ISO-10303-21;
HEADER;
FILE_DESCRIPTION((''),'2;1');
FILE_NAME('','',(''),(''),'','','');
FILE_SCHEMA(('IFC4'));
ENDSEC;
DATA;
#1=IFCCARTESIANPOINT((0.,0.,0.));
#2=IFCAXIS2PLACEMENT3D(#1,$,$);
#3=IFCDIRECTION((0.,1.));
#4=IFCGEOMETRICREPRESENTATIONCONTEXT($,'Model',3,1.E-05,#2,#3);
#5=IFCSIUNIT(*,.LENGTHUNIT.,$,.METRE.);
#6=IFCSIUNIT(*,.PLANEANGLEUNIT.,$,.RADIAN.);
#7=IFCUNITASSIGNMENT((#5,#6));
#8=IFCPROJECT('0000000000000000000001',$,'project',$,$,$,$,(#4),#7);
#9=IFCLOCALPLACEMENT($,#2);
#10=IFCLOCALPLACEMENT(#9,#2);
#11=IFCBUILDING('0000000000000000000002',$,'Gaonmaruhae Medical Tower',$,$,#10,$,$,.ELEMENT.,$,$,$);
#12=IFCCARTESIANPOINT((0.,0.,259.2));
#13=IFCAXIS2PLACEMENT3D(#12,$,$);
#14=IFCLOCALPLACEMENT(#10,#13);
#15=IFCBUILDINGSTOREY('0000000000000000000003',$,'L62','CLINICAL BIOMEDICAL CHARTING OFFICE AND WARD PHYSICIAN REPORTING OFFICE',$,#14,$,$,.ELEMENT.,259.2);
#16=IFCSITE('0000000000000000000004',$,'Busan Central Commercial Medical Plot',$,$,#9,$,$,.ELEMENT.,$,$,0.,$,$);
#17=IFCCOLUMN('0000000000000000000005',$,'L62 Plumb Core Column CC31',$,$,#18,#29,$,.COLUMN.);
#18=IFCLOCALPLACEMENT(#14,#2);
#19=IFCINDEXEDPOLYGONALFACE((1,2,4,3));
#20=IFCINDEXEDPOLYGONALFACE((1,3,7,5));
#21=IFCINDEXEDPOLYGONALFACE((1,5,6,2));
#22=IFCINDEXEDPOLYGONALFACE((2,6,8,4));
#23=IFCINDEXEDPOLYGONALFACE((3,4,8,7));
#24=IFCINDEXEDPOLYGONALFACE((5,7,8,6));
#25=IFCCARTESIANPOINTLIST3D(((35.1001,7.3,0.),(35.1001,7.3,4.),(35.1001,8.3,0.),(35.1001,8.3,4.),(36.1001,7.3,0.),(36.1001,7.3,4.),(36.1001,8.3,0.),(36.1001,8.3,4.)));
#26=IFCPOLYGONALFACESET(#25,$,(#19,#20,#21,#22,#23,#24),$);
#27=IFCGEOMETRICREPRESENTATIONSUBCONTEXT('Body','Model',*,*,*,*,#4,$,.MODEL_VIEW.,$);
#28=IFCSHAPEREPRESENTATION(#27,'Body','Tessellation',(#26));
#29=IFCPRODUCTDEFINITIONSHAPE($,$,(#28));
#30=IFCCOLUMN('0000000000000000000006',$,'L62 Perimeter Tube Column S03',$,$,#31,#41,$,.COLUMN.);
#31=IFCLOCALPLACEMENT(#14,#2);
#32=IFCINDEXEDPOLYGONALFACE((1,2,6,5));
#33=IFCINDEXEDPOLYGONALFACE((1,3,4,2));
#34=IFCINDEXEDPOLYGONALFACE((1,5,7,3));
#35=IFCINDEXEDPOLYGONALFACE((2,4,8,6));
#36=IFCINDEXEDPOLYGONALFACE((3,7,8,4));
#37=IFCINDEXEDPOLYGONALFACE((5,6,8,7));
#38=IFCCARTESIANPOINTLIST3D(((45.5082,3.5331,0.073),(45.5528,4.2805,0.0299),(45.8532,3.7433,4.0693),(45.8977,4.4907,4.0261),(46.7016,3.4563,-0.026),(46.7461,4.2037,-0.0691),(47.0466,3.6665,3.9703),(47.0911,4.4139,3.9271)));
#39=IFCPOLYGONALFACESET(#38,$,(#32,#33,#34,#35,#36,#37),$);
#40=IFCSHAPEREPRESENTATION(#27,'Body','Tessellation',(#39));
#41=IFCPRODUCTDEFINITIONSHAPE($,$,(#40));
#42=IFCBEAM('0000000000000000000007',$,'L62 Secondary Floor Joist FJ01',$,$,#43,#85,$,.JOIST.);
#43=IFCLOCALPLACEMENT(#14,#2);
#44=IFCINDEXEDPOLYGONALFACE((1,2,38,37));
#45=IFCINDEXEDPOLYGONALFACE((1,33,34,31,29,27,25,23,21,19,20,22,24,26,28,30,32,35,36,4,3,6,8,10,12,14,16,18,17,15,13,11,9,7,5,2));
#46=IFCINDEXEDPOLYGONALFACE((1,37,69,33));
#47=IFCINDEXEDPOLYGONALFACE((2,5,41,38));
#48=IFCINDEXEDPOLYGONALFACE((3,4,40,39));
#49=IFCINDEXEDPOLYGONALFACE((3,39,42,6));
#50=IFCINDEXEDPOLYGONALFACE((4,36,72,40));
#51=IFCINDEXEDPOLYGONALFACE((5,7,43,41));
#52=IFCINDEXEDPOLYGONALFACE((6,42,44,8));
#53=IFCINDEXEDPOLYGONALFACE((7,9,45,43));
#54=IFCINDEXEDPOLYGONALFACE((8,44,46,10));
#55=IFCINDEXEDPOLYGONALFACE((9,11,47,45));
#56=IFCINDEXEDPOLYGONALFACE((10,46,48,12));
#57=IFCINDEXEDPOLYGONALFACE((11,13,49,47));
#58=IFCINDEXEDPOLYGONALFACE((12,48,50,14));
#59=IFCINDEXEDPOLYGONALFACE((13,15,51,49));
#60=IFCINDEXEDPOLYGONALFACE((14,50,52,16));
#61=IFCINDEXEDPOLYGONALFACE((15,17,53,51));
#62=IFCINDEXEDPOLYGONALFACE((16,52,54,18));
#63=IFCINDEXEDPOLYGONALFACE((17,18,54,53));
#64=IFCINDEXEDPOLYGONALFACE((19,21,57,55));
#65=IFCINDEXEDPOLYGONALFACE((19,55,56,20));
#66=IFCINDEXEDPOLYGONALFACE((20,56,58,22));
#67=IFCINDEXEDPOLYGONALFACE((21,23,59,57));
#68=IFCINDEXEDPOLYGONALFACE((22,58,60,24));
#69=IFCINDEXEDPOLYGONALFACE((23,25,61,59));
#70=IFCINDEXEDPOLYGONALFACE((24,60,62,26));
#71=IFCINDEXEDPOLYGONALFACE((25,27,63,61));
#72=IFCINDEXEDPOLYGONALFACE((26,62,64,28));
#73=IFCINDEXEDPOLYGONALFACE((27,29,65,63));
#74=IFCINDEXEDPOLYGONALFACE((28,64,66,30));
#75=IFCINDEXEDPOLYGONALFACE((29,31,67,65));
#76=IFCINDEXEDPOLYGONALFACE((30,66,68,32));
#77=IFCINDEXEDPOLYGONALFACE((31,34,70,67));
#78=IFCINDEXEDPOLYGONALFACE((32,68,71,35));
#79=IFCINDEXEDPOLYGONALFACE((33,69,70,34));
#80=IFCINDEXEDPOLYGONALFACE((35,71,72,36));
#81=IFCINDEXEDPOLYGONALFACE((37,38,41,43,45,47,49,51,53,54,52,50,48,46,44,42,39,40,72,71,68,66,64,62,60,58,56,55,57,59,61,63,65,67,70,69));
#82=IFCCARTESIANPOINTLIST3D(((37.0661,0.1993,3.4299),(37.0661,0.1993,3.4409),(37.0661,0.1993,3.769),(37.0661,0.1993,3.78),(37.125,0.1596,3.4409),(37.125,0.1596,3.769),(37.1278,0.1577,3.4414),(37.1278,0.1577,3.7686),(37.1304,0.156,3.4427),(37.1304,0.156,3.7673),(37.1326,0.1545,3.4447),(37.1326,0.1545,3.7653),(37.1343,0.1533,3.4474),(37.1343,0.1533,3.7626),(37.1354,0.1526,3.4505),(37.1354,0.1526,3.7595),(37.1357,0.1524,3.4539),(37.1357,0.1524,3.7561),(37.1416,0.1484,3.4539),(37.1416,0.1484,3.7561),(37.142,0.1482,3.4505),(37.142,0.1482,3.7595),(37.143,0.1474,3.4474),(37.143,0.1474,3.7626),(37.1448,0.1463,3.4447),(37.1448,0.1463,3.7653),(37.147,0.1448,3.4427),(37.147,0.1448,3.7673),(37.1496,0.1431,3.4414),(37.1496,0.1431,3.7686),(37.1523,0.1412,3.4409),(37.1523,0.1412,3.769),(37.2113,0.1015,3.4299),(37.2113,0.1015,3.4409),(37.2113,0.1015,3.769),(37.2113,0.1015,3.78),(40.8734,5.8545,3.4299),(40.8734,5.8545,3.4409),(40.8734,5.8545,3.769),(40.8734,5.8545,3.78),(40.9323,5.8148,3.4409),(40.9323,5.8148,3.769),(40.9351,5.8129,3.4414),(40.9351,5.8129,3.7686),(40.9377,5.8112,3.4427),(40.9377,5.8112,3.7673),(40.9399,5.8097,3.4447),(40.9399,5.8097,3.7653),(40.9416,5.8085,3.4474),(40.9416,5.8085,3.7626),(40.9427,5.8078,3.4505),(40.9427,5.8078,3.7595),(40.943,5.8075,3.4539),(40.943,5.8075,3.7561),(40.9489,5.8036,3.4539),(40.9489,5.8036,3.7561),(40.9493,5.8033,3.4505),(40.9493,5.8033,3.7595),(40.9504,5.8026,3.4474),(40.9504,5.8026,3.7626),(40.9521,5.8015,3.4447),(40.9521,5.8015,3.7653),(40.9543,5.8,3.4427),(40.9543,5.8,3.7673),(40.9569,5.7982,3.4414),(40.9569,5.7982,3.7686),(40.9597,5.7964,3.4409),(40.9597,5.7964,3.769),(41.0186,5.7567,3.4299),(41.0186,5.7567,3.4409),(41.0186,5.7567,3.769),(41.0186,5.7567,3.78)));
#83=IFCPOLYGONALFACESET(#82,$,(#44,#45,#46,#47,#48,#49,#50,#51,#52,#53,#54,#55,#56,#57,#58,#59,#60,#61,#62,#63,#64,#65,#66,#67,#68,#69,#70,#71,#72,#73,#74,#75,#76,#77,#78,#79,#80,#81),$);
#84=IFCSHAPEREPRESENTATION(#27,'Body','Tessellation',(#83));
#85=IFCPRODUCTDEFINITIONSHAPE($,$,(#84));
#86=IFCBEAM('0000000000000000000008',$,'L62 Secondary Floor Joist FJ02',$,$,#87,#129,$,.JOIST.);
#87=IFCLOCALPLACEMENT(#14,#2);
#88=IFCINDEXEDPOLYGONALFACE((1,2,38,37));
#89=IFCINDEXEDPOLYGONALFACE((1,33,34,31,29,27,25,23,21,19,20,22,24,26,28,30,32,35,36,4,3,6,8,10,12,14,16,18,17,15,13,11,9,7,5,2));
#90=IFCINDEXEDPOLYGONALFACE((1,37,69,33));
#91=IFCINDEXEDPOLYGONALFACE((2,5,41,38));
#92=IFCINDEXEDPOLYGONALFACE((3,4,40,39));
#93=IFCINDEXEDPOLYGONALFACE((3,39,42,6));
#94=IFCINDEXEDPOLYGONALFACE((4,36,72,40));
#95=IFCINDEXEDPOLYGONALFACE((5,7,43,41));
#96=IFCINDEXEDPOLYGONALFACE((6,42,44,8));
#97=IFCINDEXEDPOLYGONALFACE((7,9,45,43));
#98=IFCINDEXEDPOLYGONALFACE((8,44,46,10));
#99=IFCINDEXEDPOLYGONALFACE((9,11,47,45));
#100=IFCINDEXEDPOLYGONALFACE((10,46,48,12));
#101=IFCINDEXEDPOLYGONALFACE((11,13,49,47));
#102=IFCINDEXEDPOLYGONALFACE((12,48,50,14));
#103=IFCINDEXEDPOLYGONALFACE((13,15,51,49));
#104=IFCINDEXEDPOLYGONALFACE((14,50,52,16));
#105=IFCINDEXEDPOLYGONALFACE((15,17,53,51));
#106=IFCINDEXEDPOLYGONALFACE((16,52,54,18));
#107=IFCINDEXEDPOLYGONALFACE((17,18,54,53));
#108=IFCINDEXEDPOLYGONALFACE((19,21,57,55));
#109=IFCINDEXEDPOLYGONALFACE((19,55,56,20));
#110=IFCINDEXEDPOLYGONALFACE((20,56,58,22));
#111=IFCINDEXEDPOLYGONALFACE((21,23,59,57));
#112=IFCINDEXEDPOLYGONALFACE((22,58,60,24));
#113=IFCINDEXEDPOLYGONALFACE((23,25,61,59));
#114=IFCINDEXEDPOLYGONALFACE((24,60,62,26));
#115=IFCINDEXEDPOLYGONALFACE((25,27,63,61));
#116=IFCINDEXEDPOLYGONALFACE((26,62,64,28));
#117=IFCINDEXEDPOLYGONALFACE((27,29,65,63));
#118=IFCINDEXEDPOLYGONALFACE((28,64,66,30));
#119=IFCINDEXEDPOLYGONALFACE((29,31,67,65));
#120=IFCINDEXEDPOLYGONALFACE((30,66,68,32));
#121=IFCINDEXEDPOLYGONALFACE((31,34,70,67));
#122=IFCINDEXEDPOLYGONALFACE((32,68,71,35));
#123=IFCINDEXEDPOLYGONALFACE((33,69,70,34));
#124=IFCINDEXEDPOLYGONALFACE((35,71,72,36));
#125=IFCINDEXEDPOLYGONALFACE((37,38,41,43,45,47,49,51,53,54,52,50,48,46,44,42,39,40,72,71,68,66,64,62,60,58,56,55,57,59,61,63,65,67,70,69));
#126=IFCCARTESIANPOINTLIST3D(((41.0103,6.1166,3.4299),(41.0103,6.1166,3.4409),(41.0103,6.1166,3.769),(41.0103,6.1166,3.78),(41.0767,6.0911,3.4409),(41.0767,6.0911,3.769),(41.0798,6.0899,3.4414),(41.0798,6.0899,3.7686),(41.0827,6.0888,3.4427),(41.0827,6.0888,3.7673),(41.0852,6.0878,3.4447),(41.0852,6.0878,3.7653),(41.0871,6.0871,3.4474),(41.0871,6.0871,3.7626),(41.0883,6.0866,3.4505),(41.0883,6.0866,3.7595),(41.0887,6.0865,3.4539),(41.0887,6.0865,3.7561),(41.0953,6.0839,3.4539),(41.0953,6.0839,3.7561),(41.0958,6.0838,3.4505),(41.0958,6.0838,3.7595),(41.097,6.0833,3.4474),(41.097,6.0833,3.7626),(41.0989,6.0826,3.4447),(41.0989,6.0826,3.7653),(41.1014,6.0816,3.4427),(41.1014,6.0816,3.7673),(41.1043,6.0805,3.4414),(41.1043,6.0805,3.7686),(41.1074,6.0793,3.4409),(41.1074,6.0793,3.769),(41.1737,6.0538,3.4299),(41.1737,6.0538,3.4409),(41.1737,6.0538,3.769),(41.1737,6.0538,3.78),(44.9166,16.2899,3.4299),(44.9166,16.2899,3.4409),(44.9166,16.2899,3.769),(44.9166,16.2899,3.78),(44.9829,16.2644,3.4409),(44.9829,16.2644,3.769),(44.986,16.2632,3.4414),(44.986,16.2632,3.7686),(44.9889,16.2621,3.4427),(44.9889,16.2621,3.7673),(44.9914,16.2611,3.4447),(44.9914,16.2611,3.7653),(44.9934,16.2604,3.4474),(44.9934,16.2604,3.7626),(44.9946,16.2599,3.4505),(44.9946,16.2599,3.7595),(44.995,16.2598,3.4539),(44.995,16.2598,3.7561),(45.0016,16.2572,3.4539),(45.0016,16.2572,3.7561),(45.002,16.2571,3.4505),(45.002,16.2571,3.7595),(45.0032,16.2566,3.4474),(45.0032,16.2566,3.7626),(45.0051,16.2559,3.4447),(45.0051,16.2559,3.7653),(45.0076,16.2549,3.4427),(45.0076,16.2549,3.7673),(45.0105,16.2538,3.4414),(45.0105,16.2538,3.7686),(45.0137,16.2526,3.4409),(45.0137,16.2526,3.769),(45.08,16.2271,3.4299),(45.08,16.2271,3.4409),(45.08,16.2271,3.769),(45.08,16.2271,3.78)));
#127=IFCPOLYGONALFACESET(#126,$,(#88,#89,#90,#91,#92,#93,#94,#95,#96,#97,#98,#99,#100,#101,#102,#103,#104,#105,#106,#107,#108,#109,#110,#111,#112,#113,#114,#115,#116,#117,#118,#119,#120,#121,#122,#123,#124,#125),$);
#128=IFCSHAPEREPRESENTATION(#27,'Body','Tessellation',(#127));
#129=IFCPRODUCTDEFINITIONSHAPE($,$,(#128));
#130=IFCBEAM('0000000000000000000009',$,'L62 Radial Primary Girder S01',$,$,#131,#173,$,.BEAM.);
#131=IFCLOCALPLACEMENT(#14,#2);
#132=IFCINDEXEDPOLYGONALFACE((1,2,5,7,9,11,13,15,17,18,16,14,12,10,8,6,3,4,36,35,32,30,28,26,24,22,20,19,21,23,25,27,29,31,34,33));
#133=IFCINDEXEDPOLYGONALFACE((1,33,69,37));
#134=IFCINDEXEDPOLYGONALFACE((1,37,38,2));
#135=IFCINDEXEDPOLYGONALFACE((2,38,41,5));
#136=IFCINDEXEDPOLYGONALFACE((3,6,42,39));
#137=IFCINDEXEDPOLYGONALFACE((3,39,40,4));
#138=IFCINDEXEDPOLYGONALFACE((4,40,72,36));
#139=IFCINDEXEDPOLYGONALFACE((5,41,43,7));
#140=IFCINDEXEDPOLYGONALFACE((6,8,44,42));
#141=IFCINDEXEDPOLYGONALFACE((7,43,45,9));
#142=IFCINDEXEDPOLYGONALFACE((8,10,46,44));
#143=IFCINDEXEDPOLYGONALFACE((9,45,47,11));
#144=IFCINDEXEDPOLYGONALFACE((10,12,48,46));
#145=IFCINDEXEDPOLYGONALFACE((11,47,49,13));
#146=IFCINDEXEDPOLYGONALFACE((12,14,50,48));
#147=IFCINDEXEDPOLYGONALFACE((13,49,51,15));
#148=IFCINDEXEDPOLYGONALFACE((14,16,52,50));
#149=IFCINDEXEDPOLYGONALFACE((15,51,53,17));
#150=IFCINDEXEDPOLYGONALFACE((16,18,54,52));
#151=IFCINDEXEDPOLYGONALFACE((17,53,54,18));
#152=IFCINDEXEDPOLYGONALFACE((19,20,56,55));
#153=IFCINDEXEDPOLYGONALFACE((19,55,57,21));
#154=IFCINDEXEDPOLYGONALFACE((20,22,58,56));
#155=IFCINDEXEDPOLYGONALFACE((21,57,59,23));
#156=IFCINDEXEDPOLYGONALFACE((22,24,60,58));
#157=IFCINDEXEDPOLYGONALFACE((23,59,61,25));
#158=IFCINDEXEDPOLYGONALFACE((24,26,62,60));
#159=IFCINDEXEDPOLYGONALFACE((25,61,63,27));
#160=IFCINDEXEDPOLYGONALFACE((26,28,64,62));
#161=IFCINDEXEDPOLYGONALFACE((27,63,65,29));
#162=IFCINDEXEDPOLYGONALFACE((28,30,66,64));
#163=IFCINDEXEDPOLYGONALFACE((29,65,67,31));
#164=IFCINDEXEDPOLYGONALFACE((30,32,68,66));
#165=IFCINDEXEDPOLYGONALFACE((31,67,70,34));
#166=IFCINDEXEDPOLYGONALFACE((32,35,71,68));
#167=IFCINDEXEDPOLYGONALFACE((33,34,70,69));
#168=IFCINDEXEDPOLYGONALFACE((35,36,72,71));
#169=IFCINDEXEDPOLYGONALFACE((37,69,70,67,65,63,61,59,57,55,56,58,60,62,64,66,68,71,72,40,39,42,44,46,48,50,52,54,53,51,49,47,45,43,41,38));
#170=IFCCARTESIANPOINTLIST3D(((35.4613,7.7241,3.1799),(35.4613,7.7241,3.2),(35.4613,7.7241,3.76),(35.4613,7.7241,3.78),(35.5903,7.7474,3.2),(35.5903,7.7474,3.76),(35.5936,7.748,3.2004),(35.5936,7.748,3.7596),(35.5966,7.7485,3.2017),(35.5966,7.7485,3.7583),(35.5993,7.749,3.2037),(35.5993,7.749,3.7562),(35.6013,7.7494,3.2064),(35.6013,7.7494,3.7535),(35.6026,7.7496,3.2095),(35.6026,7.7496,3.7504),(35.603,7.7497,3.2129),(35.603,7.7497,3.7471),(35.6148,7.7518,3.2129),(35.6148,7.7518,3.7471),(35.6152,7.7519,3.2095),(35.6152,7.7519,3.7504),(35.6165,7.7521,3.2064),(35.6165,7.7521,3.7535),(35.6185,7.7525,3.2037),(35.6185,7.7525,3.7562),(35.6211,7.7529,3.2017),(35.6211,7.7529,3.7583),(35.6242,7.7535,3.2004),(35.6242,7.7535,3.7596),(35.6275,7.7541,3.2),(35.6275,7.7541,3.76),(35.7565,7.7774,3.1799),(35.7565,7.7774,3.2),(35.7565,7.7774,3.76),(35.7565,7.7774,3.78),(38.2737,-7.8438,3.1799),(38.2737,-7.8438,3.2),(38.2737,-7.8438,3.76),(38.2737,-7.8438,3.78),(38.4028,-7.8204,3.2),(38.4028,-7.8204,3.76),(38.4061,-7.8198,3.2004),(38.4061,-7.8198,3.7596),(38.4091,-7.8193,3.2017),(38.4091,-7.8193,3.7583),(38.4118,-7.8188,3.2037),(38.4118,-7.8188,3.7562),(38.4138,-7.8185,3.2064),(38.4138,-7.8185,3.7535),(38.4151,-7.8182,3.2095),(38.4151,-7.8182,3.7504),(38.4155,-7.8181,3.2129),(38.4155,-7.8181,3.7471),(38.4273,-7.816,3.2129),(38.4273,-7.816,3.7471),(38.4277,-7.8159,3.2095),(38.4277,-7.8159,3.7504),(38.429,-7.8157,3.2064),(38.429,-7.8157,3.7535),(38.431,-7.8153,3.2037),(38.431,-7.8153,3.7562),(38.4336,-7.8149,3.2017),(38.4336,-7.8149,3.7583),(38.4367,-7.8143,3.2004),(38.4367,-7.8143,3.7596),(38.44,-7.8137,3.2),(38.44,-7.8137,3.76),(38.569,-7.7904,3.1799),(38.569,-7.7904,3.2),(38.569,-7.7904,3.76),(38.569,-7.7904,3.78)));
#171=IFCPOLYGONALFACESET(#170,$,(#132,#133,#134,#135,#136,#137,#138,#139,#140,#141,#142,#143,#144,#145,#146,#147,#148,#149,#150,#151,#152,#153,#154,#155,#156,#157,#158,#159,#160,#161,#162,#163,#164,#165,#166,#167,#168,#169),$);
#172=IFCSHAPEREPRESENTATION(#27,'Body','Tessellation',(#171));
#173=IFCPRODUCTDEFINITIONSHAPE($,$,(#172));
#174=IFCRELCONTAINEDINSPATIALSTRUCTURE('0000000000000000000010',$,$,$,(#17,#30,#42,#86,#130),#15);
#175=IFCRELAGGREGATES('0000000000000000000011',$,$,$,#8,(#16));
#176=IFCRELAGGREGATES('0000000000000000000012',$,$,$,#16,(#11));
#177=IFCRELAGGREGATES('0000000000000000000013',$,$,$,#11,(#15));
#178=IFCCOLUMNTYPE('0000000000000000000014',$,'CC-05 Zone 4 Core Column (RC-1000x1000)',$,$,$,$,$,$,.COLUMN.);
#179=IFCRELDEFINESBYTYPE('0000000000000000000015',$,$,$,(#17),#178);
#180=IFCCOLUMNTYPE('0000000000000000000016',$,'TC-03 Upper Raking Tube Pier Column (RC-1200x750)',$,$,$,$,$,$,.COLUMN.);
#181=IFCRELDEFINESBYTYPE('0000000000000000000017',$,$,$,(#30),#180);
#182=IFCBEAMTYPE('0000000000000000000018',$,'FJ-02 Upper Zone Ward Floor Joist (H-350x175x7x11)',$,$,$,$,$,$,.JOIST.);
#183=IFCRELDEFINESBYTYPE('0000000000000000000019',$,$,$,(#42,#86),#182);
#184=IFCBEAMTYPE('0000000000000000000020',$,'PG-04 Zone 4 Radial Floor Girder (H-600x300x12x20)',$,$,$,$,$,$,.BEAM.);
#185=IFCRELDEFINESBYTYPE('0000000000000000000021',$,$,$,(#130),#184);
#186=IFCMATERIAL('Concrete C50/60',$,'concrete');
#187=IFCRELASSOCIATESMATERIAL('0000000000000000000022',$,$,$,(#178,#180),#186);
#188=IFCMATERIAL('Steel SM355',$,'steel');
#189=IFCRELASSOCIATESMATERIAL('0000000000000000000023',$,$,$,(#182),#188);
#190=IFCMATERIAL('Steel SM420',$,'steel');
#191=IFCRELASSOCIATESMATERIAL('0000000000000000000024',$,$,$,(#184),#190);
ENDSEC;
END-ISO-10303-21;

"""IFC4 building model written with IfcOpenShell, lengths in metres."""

from ifc_helpers import new_model, si_unit, direction, frame, origin, origin_2d, place, context, subcontext, project, spatial, rectangle, i_section, extrude, material, material_profile, profile_set, type_object, element, save


model = new_model("IFC4")

# Units and contexts
model_context = context("Model", 3, precision=1e-05, world=origin(), true_north=direction((0.0, 1.0)))
body_context = subcontext(model_context, "Body", "Model", "MODEL_VIEW")
ifc_project = project(units=[si_unit("LENGTHUNIT", "METRE"), si_unit("PLANEANGLEUNIT", "RADIAN")], contexts=[model_context])

# Site, building, storey
site_placement = place(None, origin())
site = spatial("IfcSite", under=ifc_project, at=site_placement, Name="Busan Central Commercial Medical Plot", CompositionType="ELEMENT", RefElevation=0.0)
building_placement = place(site_placement, origin())
building = spatial("IfcBuilding", under=site, at=building_placement, Name="Gaonmaruhae Medical Tower", CompositionType="ELEMENT")
storey_placement = place(building_placement, frame((0.0, 0.0, 259.2)))
storey = spatial("IfcBuildingStorey", under=building, at=storey_placement, Name="L62", Description="CLINICAL BIOMEDICAL CHARTING OFFICE AND WARD PHYSICIAN REPORTING OFFICE", CompositionType="ELEMENT", Elevation=259.2)

# Columns
ifc_material_1 = material(Name="Concrete C50/60", Category="concrete")
ifc_material_profile_1 = material_profile(ifc_material_1, rectangle(XDim=1.0, YDim=1.0, at=origin_2d()), Name="RC-1000x1000")
ifc_profile_set_1 = profile_set([ifc_material_profile_1], Name="Concrete C50/60")
column_type_1 = type_object("IfcColumnType", Name="CC-05 Zone 4 Core Column (RC-1000x1000)", PredefinedType="COLUMN", material=ifc_profile_set_1)
column_1_placement = place(storey_placement, frame((35.6001, 7.8, 0.0), z_axis=(0.0, 0.0, 1.0), x_axis=(1.0, 0.0, 0.0)))
element("IfcColumn", 1, at=column_1_placement, inside=storey, type_object=column_type_1, Name="L62 Plumb Core Column CC31", PredefinedType="COLUMN", context=body_context, shape_type="SweptSolid", body=[
    extrude(rectangle(XDim=1.0, YDim=1.0, at=origin_2d()), origin(), (0.0, 0.0, 1.0), 4.0),
])
ifc_material_profile_2 = material_profile(ifc_material_1, rectangle(XDim=1.2, YDim=0.75, at=origin_2d()), Name="RC-1200x750")
ifc_profile_set_2 = profile_set([ifc_material_profile_2], Name="Concrete C50/60")
column_type_2 = type_object("IfcColumnType", Name="TC-03 Upper Raking Tube Pier Column (RC-1200x750)", PredefinedType="COLUMN", material=ifc_profile_set_2)
column_2_placement = place(storey_placement, frame((46.1272, 3.8684, 0.002), z_axis=(0.085884, 0.052333, 0.99493), x_axis=(-0.994536, 0.063984, 0.082485)))
element("IfcColumn", 2, at=column_2_placement, inside=storey, type_object=column_type_2, Name="L62 Perimeter Tube Column S03", PredefinedType="COLUMN", context=body_context, shape_type="SweptSolid", body=[
    extrude(rectangle(XDim=1.2, YDim=0.75, at=origin_2d()), origin(), (0.0, 0.0, 1.0), 4.0166),
])

# Beams
ifc_material_2 = material(Name="Steel SM355", Category="steel")
ifc_material_profile_3 = material_profile(ifc_material_2, i_section(OverallWidth=0.175, OverallDepth=0.3501, WebThickness=0.0071, FlangeThickness=0.011, FilletRadius=0.0129, at=origin_2d()), Name="H-350x175x7x11")
ifc_profile_set_3 = profile_set([ifc_material_profile_3], Name="Steel SM355")
beam_type_1 = type_object("IfcBeamType", Name="FJ-02 Upper Zone Ward Floor Joist (H-350x175x7x11)", PredefinedType="JOIST", material=ifc_profile_set_3)
beam_1_placement = place(storey_placement, frame((37.1387, 0.1504, 3.605), z_axis=(0.558471, 0.829524, 0.0), x_axis=(-0.829524, 0.558471, 0.0)))
element("IfcBeam", 3, at=beam_1_placement, inside=storey, type_object=beam_type_1, Name="L62 Secondary Floor Joist FJ01", PredefinedType="JOIST", context=body_context, shape_type="SweptSolid", body=[
    extrude(i_section(OverallWidth=0.175, OverallDepth=0.3501, WebThickness=0.0071, FlangeThickness=0.011, FilletRadius=0.0129, at=origin_2d()), origin(), (0.0, 0.0, 1.0), 6.8174),
])
beam_2_placement = place(storey_placement, frame((41.092, 6.0852, 3.605), z_axis=(0.358454, 0.933548, 0.0), x_axis=(-0.933548, 0.358454, 0.0)))
element("IfcBeam", 4, at=beam_2_placement, inside=storey, type_object=beam_type_1, Name="L62 Secondary Floor Joist FJ02", PredefinedType="JOIST", context=body_context, shape_type="SweptSolid", body=[
    extrude(i_section(OverallWidth=0.175, OverallDepth=0.3501, WebThickness=0.0071, FlangeThickness=0.011, FilletRadius=0.0129, at=origin_2d()), origin(), (0.0, 0.0, 1.0), 10.8975),
])
ifc_material_3 = material(Name="Steel SM420", Category="steel")
ifc_material_profile_4 = material_profile(ifc_material_3, i_section(OverallWidth=0.3, OverallDepth=0.6001, WebThickness=0.012, FlangeThickness=0.02, FilletRadius=0.0129, at=origin_2d()), Name="H-600x300x12x20")
ifc_profile_set_4 = profile_set([ifc_material_profile_4], Name="Steel SM420")
beam_type_2 = type_object("IfcBeamType", Name="PG-04 Zone 4 Radial Floor Girder (H-600x300x12x20)", PredefinedType="BEAM", material=ifc_profile_set_4)
beam_3_placement = place(storey_placement, frame((35.6089, 7.7507, 3.48), z_axis=(0.177783, -0.98407, 0.0), x_axis=(0.98407, 0.177783, 0.0)))
element("IfcBeam", 5, at=beam_3_placement, inside=storey, type_object=beam_type_2, Name="L62 Radial Primary Girder S01", PredefinedType="BEAM", context=body_context, shape_type="SweptSolid", body=[
    extrude(i_section(OverallWidth=0.3, OverallDepth=0.6001, WebThickness=0.012, FlangeThickness=0.02, FilletRadius=0.0129, at=origin_2d()), origin(), (0.0, 0.0, 1.0), 15.8198),
])

save(model, "model.ifc")
